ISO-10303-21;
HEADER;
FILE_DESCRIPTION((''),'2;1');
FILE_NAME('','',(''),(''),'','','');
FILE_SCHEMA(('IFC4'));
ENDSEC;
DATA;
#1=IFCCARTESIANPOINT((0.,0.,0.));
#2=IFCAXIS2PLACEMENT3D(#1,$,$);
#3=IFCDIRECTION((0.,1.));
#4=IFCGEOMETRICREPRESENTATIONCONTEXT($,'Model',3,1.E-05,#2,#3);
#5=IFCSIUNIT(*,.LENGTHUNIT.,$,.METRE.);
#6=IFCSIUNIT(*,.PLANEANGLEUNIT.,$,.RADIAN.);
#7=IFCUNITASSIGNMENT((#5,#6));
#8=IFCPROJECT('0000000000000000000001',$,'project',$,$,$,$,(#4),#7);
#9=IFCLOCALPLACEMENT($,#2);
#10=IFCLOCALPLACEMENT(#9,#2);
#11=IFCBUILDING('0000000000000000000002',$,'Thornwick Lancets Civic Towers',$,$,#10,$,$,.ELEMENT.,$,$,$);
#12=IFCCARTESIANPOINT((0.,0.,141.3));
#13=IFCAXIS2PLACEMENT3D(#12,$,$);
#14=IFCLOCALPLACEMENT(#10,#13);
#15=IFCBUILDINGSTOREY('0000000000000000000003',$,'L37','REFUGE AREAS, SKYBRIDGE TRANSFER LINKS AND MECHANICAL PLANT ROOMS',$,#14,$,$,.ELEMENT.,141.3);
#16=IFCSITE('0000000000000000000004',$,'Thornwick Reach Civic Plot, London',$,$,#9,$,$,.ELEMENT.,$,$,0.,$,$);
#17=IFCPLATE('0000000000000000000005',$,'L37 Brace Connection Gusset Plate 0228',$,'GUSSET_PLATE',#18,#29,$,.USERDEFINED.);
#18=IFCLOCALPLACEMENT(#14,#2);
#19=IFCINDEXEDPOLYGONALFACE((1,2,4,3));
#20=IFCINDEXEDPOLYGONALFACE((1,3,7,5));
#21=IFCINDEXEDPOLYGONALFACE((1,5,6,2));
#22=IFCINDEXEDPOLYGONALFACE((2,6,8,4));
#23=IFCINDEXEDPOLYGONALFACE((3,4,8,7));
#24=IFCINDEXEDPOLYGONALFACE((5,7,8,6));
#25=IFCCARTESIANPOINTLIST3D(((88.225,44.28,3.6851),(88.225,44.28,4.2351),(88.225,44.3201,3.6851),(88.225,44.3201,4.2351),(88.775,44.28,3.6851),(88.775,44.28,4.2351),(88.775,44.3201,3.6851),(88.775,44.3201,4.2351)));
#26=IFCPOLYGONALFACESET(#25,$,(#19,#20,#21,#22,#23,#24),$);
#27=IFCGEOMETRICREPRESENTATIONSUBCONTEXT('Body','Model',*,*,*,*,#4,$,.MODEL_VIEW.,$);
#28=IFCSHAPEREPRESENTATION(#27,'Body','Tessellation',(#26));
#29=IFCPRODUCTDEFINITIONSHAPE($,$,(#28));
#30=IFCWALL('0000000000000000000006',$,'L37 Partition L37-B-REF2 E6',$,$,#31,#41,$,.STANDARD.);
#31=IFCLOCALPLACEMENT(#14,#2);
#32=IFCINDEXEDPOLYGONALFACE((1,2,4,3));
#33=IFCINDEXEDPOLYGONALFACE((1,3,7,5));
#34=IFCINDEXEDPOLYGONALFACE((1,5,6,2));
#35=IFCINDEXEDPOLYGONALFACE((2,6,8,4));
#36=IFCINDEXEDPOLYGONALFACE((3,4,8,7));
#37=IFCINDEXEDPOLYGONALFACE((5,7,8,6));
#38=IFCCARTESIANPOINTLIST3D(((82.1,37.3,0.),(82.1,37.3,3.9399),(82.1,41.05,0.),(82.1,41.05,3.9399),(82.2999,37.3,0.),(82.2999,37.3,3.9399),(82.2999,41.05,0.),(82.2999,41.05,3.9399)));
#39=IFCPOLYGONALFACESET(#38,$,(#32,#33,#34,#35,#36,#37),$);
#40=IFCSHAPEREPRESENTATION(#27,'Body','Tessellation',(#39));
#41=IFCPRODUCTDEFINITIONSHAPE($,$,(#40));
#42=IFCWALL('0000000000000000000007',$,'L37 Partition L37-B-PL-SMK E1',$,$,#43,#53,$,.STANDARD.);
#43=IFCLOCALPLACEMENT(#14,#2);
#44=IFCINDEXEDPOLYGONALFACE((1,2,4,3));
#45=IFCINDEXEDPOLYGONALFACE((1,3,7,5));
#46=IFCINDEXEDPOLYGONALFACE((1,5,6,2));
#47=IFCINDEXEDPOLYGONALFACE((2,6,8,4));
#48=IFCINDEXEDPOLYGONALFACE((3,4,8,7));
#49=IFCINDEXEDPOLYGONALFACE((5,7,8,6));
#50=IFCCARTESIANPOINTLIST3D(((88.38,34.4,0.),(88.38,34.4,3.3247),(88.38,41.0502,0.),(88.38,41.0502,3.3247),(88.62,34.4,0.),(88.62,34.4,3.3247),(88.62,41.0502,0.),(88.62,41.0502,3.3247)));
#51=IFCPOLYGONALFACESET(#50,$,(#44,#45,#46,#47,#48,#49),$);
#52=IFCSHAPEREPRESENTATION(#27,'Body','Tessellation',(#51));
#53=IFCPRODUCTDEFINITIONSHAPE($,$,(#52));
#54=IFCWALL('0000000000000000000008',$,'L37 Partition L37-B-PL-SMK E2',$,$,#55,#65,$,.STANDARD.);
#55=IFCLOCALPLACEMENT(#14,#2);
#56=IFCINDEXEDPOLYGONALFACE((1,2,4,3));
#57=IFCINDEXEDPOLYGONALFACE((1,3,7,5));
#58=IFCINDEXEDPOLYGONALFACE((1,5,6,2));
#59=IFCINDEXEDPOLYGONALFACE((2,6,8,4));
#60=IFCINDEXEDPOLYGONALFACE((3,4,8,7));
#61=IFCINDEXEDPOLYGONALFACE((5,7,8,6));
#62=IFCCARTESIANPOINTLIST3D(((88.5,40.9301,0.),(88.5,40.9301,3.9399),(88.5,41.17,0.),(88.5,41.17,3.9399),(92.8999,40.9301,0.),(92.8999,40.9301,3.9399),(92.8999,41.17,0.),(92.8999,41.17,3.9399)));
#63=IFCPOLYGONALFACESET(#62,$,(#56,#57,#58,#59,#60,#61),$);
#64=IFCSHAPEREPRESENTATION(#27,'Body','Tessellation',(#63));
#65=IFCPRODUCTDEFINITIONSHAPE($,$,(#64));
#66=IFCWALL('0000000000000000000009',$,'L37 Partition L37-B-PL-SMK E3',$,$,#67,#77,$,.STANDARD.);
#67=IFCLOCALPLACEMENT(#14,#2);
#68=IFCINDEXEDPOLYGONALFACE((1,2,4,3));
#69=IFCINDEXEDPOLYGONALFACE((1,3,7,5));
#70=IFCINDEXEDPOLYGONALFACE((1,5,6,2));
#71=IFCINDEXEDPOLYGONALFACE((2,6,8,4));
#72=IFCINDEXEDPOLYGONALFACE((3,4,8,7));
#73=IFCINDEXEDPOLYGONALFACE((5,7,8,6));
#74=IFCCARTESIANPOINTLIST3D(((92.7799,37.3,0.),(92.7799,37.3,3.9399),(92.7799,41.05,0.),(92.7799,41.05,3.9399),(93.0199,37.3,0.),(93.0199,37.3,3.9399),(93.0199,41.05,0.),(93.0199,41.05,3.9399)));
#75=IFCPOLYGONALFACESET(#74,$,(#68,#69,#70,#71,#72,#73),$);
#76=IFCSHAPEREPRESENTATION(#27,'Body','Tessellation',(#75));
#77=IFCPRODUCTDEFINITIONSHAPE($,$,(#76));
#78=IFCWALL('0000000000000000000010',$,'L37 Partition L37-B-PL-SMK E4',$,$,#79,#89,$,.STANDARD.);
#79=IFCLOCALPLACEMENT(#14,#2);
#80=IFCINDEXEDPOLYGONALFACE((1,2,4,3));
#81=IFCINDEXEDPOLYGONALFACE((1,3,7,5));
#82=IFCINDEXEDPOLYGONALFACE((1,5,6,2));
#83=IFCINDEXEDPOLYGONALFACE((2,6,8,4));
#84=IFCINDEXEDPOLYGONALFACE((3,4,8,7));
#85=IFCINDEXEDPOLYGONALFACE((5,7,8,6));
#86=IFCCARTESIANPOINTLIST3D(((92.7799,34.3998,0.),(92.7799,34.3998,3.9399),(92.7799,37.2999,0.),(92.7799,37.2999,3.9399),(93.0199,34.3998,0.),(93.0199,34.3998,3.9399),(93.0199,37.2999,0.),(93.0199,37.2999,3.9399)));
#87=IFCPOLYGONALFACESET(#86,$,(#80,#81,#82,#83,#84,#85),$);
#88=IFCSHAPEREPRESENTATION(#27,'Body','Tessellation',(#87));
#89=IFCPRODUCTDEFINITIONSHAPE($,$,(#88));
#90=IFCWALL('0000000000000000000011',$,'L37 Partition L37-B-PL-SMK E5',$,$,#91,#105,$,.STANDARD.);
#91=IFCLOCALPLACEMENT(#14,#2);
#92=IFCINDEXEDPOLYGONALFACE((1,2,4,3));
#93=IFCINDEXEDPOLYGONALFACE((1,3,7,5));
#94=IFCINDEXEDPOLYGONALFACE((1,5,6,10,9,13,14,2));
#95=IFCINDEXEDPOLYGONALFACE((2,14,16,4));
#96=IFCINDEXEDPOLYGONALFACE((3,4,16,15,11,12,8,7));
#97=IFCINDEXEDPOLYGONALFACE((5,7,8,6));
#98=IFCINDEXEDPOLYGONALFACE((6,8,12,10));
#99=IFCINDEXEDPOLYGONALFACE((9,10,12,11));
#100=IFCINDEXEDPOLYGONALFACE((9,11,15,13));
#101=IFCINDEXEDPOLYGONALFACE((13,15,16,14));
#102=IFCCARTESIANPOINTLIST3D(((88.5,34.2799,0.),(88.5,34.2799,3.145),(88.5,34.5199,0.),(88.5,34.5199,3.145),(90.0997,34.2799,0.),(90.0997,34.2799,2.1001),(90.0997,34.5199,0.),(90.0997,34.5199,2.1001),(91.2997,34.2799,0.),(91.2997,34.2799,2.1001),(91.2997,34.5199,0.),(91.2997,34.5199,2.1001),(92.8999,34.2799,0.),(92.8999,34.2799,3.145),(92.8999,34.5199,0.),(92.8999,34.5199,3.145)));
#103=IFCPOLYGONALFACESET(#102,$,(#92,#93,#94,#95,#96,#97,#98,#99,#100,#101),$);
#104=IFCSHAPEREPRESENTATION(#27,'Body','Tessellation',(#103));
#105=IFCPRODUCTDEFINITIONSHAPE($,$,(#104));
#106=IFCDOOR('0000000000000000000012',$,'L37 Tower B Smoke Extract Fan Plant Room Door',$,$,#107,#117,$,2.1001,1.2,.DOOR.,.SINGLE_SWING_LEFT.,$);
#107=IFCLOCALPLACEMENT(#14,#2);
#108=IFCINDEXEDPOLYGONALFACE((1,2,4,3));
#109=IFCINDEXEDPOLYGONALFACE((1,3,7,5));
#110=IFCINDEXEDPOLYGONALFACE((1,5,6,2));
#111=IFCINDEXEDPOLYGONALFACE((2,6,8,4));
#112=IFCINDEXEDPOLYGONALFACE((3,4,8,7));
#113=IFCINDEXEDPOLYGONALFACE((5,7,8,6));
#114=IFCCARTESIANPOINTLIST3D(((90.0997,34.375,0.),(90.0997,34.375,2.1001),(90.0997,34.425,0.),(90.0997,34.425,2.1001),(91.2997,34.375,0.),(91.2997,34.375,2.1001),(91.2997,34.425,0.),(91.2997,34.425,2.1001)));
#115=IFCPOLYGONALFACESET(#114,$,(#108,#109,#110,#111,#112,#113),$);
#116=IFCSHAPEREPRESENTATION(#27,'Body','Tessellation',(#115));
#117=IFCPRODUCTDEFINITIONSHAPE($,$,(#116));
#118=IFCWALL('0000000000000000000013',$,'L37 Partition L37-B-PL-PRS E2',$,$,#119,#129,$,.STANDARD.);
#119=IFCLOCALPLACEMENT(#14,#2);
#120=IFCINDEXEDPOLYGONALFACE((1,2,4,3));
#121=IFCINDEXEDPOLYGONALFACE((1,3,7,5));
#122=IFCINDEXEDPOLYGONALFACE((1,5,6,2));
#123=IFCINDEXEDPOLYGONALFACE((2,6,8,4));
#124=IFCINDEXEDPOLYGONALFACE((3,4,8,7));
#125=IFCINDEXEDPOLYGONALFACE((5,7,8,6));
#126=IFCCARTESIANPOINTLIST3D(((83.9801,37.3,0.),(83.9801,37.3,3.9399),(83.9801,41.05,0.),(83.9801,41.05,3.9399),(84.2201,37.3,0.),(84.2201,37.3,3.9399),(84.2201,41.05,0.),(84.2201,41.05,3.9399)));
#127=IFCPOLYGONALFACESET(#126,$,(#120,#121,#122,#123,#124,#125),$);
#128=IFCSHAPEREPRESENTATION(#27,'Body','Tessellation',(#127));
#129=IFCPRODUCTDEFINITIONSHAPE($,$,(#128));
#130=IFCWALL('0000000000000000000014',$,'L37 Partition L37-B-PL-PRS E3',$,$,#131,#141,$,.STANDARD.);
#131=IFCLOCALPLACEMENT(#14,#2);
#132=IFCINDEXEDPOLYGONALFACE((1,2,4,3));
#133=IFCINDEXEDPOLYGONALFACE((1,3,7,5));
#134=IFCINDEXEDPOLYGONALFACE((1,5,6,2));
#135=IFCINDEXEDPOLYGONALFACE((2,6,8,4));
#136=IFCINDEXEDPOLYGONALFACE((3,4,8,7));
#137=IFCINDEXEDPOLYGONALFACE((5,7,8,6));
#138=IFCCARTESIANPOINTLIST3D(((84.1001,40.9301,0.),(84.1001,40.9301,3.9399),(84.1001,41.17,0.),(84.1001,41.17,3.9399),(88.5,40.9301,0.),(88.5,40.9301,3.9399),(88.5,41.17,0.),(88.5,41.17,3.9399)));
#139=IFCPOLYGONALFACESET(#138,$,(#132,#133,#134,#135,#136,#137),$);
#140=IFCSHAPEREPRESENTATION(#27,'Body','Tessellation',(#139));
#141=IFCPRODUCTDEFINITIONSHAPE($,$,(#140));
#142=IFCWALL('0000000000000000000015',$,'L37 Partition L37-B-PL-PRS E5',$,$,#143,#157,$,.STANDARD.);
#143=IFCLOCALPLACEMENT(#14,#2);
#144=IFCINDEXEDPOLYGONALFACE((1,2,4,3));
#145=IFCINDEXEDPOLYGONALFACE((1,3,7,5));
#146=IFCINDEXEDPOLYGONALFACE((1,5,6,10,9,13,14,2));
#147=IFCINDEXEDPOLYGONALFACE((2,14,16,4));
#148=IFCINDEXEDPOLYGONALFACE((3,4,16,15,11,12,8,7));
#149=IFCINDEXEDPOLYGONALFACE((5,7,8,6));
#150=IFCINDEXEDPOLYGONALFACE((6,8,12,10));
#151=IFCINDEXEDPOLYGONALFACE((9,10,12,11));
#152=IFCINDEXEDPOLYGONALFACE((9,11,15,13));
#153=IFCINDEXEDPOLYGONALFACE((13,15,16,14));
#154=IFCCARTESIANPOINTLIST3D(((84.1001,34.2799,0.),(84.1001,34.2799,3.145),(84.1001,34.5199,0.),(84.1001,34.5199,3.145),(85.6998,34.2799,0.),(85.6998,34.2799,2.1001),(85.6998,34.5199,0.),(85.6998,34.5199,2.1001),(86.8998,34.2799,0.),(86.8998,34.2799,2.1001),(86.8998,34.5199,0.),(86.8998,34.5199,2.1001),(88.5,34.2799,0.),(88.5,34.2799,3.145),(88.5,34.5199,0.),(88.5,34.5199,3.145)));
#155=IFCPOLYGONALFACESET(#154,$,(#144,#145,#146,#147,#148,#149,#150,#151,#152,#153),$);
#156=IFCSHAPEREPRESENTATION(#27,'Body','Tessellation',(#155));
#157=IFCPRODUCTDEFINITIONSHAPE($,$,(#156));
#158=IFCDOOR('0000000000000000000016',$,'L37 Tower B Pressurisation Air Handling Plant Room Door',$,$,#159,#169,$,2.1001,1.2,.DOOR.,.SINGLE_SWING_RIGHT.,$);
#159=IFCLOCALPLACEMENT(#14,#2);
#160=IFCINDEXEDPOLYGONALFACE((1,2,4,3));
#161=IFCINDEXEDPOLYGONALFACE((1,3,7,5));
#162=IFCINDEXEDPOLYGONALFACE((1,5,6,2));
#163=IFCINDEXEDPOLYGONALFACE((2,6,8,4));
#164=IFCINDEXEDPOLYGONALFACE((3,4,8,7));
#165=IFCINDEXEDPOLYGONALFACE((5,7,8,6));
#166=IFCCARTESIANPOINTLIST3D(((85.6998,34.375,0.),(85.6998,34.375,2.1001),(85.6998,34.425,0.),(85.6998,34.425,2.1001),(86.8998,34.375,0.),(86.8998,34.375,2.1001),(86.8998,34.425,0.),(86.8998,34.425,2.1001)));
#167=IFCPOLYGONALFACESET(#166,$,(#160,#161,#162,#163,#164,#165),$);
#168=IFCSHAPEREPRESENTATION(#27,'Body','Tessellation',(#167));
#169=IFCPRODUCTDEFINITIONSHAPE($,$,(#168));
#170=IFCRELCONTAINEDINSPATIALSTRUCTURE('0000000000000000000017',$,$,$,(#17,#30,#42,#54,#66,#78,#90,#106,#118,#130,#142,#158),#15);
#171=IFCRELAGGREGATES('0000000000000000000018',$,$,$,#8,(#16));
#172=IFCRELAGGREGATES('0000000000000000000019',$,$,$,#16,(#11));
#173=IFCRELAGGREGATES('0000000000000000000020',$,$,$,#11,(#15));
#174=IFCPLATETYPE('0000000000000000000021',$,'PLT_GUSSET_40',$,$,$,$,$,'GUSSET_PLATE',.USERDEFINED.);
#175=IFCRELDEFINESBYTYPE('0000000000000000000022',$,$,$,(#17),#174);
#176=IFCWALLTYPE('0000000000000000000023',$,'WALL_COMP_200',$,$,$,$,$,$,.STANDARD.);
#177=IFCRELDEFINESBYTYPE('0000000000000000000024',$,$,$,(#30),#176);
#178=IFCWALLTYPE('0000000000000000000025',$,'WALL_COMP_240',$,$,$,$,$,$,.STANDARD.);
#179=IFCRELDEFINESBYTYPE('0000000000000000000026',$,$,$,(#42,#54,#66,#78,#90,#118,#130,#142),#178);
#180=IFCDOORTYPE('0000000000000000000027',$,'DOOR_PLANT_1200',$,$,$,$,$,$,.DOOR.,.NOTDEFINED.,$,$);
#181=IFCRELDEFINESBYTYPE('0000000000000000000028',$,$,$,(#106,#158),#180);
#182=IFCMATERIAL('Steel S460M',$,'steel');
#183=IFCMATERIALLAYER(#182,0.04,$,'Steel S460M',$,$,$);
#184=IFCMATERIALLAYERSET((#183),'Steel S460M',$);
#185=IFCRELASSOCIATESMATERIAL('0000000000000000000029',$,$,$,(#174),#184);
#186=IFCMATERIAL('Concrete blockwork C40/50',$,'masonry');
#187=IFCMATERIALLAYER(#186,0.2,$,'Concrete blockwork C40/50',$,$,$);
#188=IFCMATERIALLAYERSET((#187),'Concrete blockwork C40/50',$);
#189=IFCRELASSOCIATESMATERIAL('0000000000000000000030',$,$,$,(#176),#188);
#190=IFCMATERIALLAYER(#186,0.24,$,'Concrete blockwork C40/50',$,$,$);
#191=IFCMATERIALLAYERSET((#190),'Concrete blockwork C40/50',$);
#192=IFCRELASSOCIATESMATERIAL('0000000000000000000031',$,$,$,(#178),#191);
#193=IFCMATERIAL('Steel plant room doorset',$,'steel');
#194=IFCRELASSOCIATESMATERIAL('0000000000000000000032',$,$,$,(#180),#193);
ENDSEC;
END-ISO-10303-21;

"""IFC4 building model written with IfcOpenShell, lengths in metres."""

from ifc_helpers import new_model, si_unit, direction, frame, frame_2d, origin, origin_2d, place, context, subcontext, project, spatial, rectangle, extrude, material, layer, layer_set, type_object, element, fill, save


model = new_model("IFC4")

# Units and contexts
model_context = context("Model", 3, precision=1e-05, world=origin(), true_north=direction((0.0, 1.0)))
body_context = subcontext(model_context, "Body", "Model", "MODEL_VIEW")
ifc_project = project(units=[si_unit("LENGTHUNIT", "METRE"), si_unit("PLANEANGLEUNIT", "RADIAN")], contexts=[model_context])

# Site, building, storey
site_placement = place(None, origin())
site = spatial("IfcSite", under=ifc_project, at=site_placement, Name="Thornwick Reach Civic Plot, London", CompositionType="ELEMENT", RefElevation=0.0)
building_placement = place(site_placement, origin())
building = spatial("IfcBuilding", under=site, at=building_placement, Name="Thornwick Lancets Civic Towers", CompositionType="ELEMENT")
storey_placement = place(building_placement, frame((0.0, 0.0, 141.3)))
storey = spatial("IfcBuildingStorey", under=building, at=storey_placement, Name="L37", Description="REFUGE AREAS, SKYBRIDGE TRANSFER LINKS AND MECHANICAL PLANT ROOMS", CompositionType="ELEMENT", Elevation=141.3)

# Plate
ifc_material_1 = material(Name="Steel S460M", Category="steel")
ifc_layer_1 = layer(ifc_material_1, 0.04, Name="Steel S460M")
ifc_layer_set_1 = layer_set([ifc_layer_1], Name="Steel S460M")
plate_type = type_object("IfcPlateType", Name="PLT_GUSSET_40", ElementType="GUSSET_PLATE", PredefinedType="USERDEFINED", material=ifc_layer_set_1)
plate_placement = place(storey_placement, frame((88.5, 44.3, 3.6851), z_axis=(0.0, 0.0, 1.0), x_axis=(-1.0, 0.0, 0.0)))
element("IfcPlate", 1, at=plate_placement, inside=storey, type_object=plate_type, Name="L37 Brace Connection Gusset Plate 0228", ObjectType="GUSSET_PLATE", PredefinedType="USERDEFINED", context=body_context, shape_type="SweptSolid", body=[
    extrude(rectangle(XDim=0.55, YDim=0.04, at=origin_2d()), origin(), (0.0, 0.0, 1.0), 0.55),
])

# Walls
ifc_material_2 = material(Name="Concrete blockwork C40/50", Category="masonry")
ifc_layer_2 = layer(ifc_material_2, 0.2, Name="Concrete blockwork C40/50")
ifc_layer_set_2 = layer_set([ifc_layer_2], Name="Concrete blockwork C40/50")
wall_type_1 = type_object("IfcWallType", Name="WALL_COMP_200", PredefinedType="STANDARD", material=ifc_layer_set_2)
wall_1_placement = place(storey_placement, frame((82.2, 41.05, 0.0), z_axis=(0.0, 0.0, 1.0), x_axis=(0.0, -1.0, 0.0)))
element("IfcWall", 2, at=wall_1_placement, inside=storey, type_object=wall_type_1, Name="L37 Partition L37-B-REF2 E6", PredefinedType="STANDARD", context=body_context, shape_type="SweptSolid", body=[
    extrude(rectangle(XDim=3.75, YDim=0.2, at=frame_2d((1.875, 0.0))), origin(), (0.0, 0.0, 1.0), 3.9399),
])
ifc_layer_3 = layer(ifc_material_2, 0.24, Name="Concrete blockwork C40/50")
ifc_layer_set_3 = layer_set([ifc_layer_3], Name="Concrete blockwork C40/50")
wall_type_2 = type_object("IfcWallType", Name="WALL_COMP_240", PredefinedType="STANDARD", material=ifc_layer_set_3)
wall_2_placement = place(storey_placement, frame((88.5, 34.3999, 0.0), z_axis=(0.0, 0.0, 1.0), x_axis=(0.0, 1.0, 0.0)))
element("IfcWall", 3, at=wall_2_placement, inside=storey, type_object=wall_type_2, Name="L37 Partition L37-B-PL-SMK E1", PredefinedType="STANDARD", context=body_context, shape_type="SweptSolid", body=[
    extrude(rectangle(XDim=6.6501, YDim=0.24, at=frame_2d((3.3252, 0.0))), origin(), (0.0, 0.0, 1.0), 3.3247),
])
wall_3_placement = place(storey_placement, frame((88.5, 41.05, 0.0), z_axis=(0.0, 0.0, 1.0), x_axis=(1.0, 0.0, 0.0)))
element("IfcWall", 4, at=wall_3_placement, inside=storey, type_object=wall_type_2, Name="L37 Partition L37-B-PL-SMK E2", PredefinedType="STANDARD", context=body_context, shape_type="SweptSolid", body=[
    extrude(rectangle(XDim=4.3999, YDim=0.24, at=frame_2d((2.2, 0.0))), origin(), (0.0, 0.0, 1.0), 3.9399),
])
wall_4_placement = place(storey_placement, frame((92.8999, 41.05, 0.0), z_axis=(0.0, 0.0, 1.0), x_axis=(0.0, -1.0, 0.0)))
element("IfcWall", 5, at=wall_4_placement, inside=storey, type_object=wall_type_2, Name="L37 Partition L37-B-PL-SMK E3", PredefinedType="STANDARD", context=body_context, shape_type="SweptSolid", body=[
    extrude(rectangle(XDim=3.75, YDim=0.24, at=frame_2d((1.875, 0.0))), origin(), (0.0, 0.0, 1.0), 3.9399),
])
wall_5_placement = place(storey_placement, frame((92.8999, 37.3, 0.0), z_axis=(0.0, 0.0, 1.0), x_axis=(0.0, -1.0, 0.0)))
element("IfcWall", 6, at=wall_5_placement, inside=storey, type_object=wall_type_2, Name="L37 Partition L37-B-PL-SMK E4", PredefinedType="STANDARD", context=body_context, shape_type="SweptSolid", body=[
    extrude(rectangle(XDim=2.9001, YDim=0.24, at=frame_2d((1.4502, 0.0))), origin(), (0.0, 0.0, 1.0), 3.9399),
])

# Wall, opening, door
wall_6_placement = place(storey_placement, frame((92.8999, 34.3999, 0.0), z_axis=(0.0, 0.0, 1.0), x_axis=(-1.0, 0.0, 0.0)))
wall_6 = element("IfcWall", 7, at=wall_6_placement, inside=storey, type_object=wall_type_2, Name="L37 Partition L37-B-PL-SMK E5", PredefinedType="STANDARD", context=body_context, shape_type="SweptSolid", body=[
    extrude(rectangle(XDim=4.3999, YDim=0.24, at=frame_2d((2.2, 0.0))), origin(), (0.0, 0.0, 1.0), 3.145),
])
opening_1_placement = place(wall_6_placement, frame((1.6001, 0.0, 0.0)))
opening_1 = element("IfcOpeningElement", 8, at=opening_1_placement, cuts=wall_6, PredefinedType="OPENING", context=body_context, shape_type="SweptSolid", body=[
    extrude(rectangle(XDim=1.2, YDim=2.1001, at=frame_2d((0.6001, 1.05))), frame((0.0, 0.1299, 0.0), z_axis=(0.0, -1.0, 0.0), x_axis=(1.0, 0.0, 0.0)), (0.0, 0.0, 1.0), 0.26),
])
ifc_material_3 = material(Name="Steel plant room doorset", Category="steel")
door_type = type_object("IfcDoorType", Name="DOOR_PLANT_1200", OperationType="NOTDEFINED", PredefinedType="DOOR", material=ifc_material_3)
door_1_placement = place(opening_1_placement, origin())
door_1 = element("IfcDoor", 9, at=door_1_placement, inside=storey, type_object=door_type, Name="L37 Tower B Smoke Extract Fan Plant Room Door", OperationType="SINGLE_SWING_LEFT", OverallHeight=2.1001, OverallWidth=1.2, PredefinedType="DOOR", context=body_context, shape_type="SweptSolid", body=[
    extrude(rectangle(XDim=1.2, YDim=2.1001, at=frame_2d((0.6001, 1.05))), frame((0.0, 0.0249, 0.0), z_axis=(0.0, -1.0, 0.0), x_axis=(1.0, 0.0, 0.0)), (0.0, 0.0, 1.0), 0.05),
])
fill(opening_1, door_1)

# Walls
wall_7_placement = place(storey_placement, frame((84.1001, 37.3, 0.0), z_axis=(0.0, 0.0, 1.0), x_axis=(0.0, 1.0, 0.0)))
element("IfcWall", 10, at=wall_7_placement, inside=storey, type_object=wall_type_2, Name="L37 Partition L37-B-PL-PRS E2", PredefinedType="STANDARD", context=body_context, shape_type="SweptSolid", body=[
    extrude(rectangle(XDim=3.75, YDim=0.24, at=frame_2d((1.875, 0.0))), origin(), (0.0, 0.0, 1.0), 3.9399),
])
wall_8_placement = place(storey_placement, frame((84.1001, 41.05, 0.0), z_axis=(0.0, 0.0, 1.0), x_axis=(1.0, 0.0, 0.0)))
element("IfcWall", 11, at=wall_8_placement, inside=storey, type_object=wall_type_2, Name="L37 Partition L37-B-PL-PRS E3", PredefinedType="STANDARD", context=body_context, shape_type="SweptSolid", body=[
    extrude(rectangle(XDim=4.3999, YDim=0.24, at=frame_2d((2.2, 0.0))), origin(), (0.0, 0.0, 1.0), 3.9399),
])

# Wall, opening, door
wall_9_placement = place(storey_placement, frame((88.5, 34.3999, 0.0), z_axis=(0.0, 0.0, 1.0), x_axis=(-1.0, 0.0, 0.0)))
wall_9 = element("IfcWall", 12, at=wall_9_placement, inside=storey, type_object=wall_type_2, Name="L37 Partition L37-B-PL-PRS E5", PredefinedType="STANDARD", context=body_context, shape_type="SweptSolid", body=[
    extrude(rectangle(XDim=4.3999, YDim=0.24, at=frame_2d((2.2, 0.0))), origin(), (0.0, 0.0, 1.0), 3.145),
])
opening_2_placement = place(wall_9_placement, frame((1.6001, 0.0, 0.0)))
opening_2 = element("IfcOpeningElement", 13, at=opening_2_placement, cuts=wall_9, PredefinedType="OPENING", context=body_context, shape_type="SweptSolid", body=[
    extrude(rectangle(XDim=1.2, YDim=2.1001, at=frame_2d((0.6001, 1.05))), frame((0.0, 0.1299, 0.0), z_axis=(0.0, -1.0, 0.0), x_axis=(1.0, 0.0, 0.0)), (0.0, 0.0, 1.0), 0.26),
])
door_2_placement = place(opening_2_placement, origin())
door_2 = element("IfcDoor", 14, at=door_2_placement, inside=storey, type_object=door_type, Name="L37 Tower B Pressurisation Air Handling Plant Room Door", OperationType="SINGLE_SWING_RIGHT", OverallHeight=2.1001, OverallWidth=1.2, PredefinedType="DOOR", context=body_context, shape_type="SweptSolid", body=[
    extrude(rectangle(XDim=1.2, YDim=2.1001, at=frame_2d((0.6001, 1.05))), frame((0.0, 0.0249, 0.0), z_axis=(0.0, -1.0, 0.0), x_axis=(1.0, 0.0, 0.0)), (0.0, 0.0, 1.0), 0.05),
])
fill(opening_2, door_2)

save(model, "model.ifc")
